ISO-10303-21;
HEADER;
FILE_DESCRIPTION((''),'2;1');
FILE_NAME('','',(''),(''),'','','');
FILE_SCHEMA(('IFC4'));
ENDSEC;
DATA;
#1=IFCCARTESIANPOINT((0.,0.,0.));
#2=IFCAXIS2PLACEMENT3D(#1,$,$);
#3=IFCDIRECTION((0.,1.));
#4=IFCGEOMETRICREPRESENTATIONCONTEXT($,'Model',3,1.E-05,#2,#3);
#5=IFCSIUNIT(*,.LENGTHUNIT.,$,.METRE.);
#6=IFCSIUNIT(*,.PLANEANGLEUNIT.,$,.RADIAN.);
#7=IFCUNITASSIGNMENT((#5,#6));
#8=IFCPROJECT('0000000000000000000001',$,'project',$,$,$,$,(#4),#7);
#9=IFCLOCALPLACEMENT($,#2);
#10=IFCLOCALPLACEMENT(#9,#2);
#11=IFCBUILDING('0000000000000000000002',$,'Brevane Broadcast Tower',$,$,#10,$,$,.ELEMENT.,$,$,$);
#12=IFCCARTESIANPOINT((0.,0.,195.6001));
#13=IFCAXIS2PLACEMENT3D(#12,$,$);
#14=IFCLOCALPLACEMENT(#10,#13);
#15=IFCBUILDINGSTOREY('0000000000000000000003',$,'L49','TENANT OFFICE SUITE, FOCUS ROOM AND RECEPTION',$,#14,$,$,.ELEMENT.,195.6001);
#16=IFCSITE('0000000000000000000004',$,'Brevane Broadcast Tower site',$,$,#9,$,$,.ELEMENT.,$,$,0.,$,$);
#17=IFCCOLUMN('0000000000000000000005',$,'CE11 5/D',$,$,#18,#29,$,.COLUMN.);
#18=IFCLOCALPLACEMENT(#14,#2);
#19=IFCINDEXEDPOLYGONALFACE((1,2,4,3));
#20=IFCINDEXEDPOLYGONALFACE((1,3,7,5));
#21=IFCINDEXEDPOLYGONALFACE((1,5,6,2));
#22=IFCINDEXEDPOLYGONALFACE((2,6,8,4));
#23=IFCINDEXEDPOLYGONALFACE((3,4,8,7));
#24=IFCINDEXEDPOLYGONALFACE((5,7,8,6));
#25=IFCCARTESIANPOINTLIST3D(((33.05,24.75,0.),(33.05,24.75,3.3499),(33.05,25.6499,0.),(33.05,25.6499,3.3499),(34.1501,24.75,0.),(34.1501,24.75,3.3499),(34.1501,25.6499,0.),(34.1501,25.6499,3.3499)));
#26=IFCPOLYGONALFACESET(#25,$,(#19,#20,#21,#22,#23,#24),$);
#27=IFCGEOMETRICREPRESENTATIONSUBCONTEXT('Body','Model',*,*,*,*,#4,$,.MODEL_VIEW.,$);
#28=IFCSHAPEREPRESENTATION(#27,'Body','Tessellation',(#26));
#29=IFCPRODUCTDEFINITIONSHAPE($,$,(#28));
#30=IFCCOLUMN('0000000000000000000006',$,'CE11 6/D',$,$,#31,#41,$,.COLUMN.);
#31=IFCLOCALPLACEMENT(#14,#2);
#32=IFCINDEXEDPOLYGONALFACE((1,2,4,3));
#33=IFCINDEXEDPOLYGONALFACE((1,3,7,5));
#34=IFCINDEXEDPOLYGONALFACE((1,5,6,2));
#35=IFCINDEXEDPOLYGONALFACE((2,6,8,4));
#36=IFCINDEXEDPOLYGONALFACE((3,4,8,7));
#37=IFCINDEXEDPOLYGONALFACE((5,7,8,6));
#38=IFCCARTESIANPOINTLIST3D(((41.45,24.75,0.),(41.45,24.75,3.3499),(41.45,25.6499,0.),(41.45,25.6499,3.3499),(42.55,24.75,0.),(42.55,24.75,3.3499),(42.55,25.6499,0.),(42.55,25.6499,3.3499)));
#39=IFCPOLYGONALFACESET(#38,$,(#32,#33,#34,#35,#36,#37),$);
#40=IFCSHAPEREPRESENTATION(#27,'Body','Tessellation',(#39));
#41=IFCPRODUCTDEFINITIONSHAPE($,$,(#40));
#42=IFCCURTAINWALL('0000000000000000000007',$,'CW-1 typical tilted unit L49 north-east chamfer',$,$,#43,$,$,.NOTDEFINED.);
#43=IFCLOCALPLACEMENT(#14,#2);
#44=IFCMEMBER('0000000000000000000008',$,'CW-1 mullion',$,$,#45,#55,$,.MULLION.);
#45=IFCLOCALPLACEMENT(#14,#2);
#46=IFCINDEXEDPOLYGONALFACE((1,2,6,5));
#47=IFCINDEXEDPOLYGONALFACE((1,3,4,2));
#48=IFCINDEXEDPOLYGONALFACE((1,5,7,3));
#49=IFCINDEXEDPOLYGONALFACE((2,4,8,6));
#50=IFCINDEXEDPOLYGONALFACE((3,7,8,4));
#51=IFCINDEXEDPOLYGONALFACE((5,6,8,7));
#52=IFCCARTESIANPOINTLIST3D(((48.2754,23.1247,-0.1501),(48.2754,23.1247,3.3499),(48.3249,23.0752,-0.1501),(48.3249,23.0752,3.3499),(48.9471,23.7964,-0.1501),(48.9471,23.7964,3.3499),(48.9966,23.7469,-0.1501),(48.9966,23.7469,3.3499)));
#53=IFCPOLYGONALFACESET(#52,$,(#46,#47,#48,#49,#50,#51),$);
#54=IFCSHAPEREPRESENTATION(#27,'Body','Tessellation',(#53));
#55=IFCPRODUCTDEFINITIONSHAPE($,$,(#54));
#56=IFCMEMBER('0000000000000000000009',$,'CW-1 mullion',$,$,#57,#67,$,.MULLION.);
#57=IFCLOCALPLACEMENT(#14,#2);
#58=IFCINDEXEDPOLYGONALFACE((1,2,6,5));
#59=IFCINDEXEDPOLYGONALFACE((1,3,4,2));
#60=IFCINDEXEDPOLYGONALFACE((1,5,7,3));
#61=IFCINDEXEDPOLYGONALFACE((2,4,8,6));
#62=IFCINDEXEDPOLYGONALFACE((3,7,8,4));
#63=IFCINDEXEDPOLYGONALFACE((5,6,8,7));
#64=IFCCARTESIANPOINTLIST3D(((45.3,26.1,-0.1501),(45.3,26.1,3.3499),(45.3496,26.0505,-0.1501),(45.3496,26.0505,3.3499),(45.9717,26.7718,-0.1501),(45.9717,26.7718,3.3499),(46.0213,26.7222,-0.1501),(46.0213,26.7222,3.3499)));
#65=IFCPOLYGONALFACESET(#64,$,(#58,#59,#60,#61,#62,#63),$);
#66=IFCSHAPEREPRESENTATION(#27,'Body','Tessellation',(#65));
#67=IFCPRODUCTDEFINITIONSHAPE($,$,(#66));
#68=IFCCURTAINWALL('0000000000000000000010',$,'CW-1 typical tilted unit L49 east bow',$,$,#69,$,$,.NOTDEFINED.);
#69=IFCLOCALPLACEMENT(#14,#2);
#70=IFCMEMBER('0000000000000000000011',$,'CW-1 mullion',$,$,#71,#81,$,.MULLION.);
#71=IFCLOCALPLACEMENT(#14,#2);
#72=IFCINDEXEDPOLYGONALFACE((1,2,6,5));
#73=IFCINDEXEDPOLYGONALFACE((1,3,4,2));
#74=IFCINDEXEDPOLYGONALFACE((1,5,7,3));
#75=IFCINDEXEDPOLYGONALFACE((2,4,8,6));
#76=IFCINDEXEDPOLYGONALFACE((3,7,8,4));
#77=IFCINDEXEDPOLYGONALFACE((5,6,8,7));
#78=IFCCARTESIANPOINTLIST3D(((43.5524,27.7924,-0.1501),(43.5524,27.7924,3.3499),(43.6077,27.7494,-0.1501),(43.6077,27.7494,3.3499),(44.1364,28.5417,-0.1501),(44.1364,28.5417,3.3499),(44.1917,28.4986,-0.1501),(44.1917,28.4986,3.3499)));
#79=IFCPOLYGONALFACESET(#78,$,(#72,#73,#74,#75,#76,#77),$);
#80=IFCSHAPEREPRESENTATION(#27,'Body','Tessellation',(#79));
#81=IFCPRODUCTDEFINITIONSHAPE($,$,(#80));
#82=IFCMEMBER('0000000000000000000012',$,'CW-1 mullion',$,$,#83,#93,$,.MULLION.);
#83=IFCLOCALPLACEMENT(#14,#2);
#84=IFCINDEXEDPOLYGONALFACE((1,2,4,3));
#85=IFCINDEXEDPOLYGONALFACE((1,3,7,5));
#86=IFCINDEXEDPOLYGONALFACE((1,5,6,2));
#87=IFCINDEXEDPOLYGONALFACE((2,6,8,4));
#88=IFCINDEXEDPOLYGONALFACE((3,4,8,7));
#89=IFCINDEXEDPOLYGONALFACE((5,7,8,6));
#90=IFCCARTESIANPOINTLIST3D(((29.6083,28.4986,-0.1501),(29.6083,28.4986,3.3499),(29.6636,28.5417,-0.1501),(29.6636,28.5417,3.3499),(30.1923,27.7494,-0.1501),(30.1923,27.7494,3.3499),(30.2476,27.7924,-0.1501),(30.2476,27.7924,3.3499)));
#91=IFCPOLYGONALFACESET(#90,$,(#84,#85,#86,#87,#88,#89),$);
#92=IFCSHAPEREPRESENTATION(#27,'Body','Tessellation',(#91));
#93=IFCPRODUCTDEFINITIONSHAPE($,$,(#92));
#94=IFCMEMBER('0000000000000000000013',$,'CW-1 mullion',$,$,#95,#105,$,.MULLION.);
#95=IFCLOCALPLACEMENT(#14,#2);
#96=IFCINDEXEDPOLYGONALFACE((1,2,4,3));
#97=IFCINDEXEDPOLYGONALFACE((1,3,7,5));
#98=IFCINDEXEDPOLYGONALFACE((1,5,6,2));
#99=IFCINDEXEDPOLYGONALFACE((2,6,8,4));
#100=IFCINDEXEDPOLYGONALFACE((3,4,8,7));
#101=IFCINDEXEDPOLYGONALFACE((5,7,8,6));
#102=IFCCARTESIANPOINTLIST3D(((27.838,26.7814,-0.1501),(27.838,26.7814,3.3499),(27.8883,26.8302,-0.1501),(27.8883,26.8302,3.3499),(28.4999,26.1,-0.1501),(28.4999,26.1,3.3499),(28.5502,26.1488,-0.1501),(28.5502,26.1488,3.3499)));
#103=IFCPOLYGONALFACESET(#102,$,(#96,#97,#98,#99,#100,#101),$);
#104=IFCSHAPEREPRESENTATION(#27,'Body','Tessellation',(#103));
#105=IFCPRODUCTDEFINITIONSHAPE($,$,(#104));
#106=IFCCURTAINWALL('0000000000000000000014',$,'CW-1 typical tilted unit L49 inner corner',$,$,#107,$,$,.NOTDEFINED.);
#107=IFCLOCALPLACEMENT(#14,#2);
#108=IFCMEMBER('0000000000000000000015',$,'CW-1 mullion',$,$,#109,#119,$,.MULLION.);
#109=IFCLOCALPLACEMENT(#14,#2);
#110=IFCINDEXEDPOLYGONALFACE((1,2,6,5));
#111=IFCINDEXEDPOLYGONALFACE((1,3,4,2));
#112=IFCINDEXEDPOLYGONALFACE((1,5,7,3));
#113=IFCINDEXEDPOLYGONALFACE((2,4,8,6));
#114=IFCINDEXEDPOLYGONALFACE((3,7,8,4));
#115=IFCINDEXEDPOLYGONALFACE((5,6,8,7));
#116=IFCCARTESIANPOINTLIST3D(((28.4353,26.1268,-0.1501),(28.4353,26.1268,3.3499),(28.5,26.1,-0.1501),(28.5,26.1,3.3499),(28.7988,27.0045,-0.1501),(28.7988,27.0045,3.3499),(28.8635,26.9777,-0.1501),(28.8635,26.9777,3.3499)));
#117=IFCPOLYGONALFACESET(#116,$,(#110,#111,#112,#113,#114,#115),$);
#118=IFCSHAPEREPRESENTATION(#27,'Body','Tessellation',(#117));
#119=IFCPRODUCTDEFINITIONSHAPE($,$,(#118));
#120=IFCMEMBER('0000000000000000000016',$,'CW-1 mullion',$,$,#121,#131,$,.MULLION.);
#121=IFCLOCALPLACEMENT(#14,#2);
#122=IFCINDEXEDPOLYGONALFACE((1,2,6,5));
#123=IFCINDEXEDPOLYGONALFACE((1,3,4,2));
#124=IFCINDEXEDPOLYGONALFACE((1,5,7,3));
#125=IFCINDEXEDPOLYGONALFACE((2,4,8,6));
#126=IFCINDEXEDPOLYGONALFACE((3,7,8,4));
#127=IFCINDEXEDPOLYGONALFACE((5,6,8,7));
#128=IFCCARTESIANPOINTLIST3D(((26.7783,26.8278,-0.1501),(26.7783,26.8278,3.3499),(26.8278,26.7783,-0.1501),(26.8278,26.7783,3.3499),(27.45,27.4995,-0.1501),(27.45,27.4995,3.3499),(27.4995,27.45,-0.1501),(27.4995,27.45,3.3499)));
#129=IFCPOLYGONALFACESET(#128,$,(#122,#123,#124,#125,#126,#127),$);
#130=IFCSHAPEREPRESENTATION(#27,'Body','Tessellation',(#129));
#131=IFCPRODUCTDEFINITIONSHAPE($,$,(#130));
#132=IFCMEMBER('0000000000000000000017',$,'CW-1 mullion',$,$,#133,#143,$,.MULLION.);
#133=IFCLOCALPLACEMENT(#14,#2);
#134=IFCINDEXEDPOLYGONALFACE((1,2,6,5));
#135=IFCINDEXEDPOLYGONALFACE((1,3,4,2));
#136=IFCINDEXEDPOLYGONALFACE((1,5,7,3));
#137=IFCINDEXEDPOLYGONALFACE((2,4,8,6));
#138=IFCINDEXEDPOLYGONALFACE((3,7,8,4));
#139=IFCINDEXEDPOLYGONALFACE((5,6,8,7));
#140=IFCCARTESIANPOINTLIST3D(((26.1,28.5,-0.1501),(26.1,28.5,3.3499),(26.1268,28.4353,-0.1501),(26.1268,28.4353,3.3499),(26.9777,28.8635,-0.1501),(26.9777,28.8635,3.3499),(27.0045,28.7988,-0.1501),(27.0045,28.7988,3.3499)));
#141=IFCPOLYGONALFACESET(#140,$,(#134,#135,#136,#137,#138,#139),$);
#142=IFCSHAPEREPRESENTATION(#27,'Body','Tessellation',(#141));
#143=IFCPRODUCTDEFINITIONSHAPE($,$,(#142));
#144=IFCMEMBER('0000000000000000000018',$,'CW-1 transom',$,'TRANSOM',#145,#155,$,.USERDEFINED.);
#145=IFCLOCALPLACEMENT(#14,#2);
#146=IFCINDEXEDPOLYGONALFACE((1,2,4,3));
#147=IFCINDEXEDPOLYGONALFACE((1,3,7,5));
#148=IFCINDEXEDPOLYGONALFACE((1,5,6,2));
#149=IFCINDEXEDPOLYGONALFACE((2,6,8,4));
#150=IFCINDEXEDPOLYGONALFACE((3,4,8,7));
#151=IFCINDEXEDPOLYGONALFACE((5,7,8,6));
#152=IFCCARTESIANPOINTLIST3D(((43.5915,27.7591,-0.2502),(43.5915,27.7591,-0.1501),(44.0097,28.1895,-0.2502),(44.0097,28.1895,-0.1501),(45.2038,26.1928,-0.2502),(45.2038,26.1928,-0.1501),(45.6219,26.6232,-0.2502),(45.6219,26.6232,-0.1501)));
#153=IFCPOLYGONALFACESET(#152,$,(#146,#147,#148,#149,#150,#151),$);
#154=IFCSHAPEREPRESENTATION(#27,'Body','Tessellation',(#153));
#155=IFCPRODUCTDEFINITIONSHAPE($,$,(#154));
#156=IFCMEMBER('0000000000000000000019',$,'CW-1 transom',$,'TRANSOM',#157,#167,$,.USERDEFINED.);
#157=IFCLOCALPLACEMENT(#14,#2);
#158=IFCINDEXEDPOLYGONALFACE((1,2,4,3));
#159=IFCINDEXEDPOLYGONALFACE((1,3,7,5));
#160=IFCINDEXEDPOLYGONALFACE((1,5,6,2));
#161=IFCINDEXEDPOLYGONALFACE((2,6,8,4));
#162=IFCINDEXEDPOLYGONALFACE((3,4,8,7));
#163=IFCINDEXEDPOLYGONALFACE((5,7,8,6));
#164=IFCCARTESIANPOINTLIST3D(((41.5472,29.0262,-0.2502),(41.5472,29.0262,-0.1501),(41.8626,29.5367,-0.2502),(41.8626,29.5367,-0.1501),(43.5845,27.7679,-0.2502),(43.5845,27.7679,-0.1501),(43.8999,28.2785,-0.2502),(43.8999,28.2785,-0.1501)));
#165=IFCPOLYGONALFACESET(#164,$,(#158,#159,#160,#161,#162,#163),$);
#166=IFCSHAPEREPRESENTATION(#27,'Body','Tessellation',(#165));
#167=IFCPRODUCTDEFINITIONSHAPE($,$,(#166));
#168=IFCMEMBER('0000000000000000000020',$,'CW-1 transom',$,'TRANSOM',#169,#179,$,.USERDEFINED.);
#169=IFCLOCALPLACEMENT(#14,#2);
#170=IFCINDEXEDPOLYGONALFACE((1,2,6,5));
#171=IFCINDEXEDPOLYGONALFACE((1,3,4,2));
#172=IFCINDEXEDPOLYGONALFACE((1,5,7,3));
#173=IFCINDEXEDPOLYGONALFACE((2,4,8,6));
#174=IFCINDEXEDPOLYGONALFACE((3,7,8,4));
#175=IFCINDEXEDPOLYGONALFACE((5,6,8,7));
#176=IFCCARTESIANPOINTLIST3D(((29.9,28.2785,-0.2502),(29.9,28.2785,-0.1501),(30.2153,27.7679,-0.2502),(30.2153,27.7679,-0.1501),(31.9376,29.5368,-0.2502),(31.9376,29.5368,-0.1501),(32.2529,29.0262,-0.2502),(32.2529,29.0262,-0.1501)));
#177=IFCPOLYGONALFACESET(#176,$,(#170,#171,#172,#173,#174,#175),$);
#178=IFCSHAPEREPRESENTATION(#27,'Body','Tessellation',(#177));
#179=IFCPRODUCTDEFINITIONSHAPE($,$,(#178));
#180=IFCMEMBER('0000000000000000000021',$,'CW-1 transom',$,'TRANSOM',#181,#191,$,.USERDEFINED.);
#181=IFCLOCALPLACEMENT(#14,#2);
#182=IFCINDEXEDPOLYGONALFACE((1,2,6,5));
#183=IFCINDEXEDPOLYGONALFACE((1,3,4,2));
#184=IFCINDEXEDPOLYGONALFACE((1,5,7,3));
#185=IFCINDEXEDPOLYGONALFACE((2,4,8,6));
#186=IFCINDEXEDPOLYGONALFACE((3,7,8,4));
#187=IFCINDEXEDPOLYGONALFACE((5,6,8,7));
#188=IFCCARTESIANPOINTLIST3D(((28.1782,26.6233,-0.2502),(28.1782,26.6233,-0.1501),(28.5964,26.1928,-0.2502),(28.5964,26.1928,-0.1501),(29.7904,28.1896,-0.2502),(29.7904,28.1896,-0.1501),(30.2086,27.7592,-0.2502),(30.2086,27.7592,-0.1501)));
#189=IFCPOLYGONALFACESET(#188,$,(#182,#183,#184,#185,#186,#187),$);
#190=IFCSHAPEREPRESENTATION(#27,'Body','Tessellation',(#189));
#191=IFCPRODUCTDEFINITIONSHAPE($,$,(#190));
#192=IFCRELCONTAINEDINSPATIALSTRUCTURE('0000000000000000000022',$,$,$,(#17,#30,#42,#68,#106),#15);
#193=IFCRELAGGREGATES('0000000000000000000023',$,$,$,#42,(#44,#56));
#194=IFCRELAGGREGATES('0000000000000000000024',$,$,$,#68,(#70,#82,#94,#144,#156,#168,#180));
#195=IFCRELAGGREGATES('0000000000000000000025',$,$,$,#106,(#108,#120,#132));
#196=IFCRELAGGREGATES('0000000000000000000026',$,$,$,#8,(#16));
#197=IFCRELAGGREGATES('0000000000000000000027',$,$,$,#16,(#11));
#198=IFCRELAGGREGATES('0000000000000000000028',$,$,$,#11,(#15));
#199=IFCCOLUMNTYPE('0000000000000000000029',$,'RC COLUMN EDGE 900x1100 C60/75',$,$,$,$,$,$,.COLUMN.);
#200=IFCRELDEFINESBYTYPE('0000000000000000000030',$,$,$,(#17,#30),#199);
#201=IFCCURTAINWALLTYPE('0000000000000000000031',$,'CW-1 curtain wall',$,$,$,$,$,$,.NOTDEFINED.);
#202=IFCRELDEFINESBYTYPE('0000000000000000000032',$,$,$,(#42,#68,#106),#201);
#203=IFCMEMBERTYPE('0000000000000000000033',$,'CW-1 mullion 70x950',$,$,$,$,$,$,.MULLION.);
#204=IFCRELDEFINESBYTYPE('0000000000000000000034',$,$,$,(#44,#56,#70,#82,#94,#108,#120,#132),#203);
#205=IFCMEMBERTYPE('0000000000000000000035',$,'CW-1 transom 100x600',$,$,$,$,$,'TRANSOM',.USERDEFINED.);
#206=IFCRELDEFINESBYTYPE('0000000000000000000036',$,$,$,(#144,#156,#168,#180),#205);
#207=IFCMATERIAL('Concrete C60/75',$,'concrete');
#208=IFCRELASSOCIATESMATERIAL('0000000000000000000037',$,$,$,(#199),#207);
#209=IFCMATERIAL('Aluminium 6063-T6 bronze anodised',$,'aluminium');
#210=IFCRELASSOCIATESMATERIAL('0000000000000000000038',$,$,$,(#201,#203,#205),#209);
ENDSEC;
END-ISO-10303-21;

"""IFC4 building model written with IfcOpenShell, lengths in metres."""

from ifc_helpers import new_model, si_unit, direction, frame, origin, origin_2d, place, context, subcontext, project, spatial, rectangle, extrude, material, material_profile, profile_set, type_object, element, aggregate, save


model = new_model("IFC4")

# Units and contexts
model_context = context("Model", 3, precision=1e-05, world=origin(), true_north=direction((0.0, 1.0)))
body_context = subcontext(model_context, "Body", "Model", "MODEL_VIEW")
ifc_project = project(units=[si_unit("LENGTHUNIT", "METRE"), si_unit("PLANEANGLEUNIT", "RADIAN")], contexts=[model_context])

# Site, building, storey
site_placement = place(None, origin())
site = spatial("IfcSite", under=ifc_project, at=site_placement, Name="Brevane Broadcast Tower site", CompositionType="ELEMENT", RefElevation=0.0)
building_placement = place(site_placement, origin())
building = spatial("IfcBuilding", under=site, at=building_placement, Name="Brevane Broadcast Tower", CompositionType="ELEMENT")
storey_placement = place(building_placement, frame((0.0, 0.0, 195.6001)))
storey = spatial("IfcBuildingStorey", under=building, at=storey_placement, Name="L49", Description="TENANT OFFICE SUITE, FOCUS ROOM AND RECEPTION", CompositionType="ELEMENT", Elevation=195.6001)

# Columns
ifc_material_1 = material(Name="Concrete C60/75", Category="concrete")
ifc_material_profile_1 = material_profile(ifc_material_1, rectangle(XDim=0.8999, YDim=1.1001, at=origin_2d()), Name="RC 900x1100")
ifc_profile_set_1 = profile_set([ifc_material_profile_1], Name="Concrete C60/75")
column_type = type_object("IfcColumnType", Name="RC COLUMN EDGE 900x1100 C60/75", PredefinedType="COLUMN", material=ifc_profile_set_1)
for number, where, z_axis, x_axis, name in (
    (1, (33.6001, 25.2, 0.0), (0.0, 0.0, 1.0), (0.0, 1.0, 0.0), "CE11 5/D"),
    (2, (42.0, 25.2, 0.0), (0.0, 0.0, 1.0), (0.0, 1.0, 0.0), "CE11 6/D"),
):
    element("IfcColumn", number, at=place(storey_placement, frame(where, z_axis=z_axis, x_axis=x_axis)), inside=storey, type_object=column_type, Name=name, PredefinedType="COLUMN", context=body_context, shape_type="SweptSolid", body=[
        extrude(rectangle(XDim=0.8999, YDim=1.1001, at=origin_2d()), origin(), (0.0, 0.0, 1.0), 3.3499),
    ])

# Curtain walls, members
ifc_material_2 = material(Name="Aluminium 6063-T6 bronze anodised", Category="aluminium")
curtain_wall_type = type_object("IfcCurtainWallType", Name="CW-1 curtain wall", PredefinedType="NOTDEFINED", material=ifc_material_2)
curtain_wall_1_placement = place(storey_placement, origin())
curtain_wall_1 = element("IfcCurtainWall", 3, at=curtain_wall_1_placement, inside=storey, type_object=curtain_wall_type, Name="CW-1 typical tilted unit L49 north-east chamfer", PredefinedType="NOTDEFINED")
ifc_material_profile_2 = material_profile(ifc_material_2, rectangle(XDim=0.95, YDim=0.0701, at=origin_2d()), Name="RECT 70x950")
ifc_profile_set_2 = profile_set([ifc_material_profile_2], Name="Aluminium 6063-T6 bronze anodised")
member_type_1 = type_object("IfcMemberType", Name="CW-1 mullion 70x950", PredefinedType="MULLION", material=ifc_profile_set_2)
member_1_placement = place(storey_placement, frame((48.636, 23.4358, -0.1501), z_axis=(0.0, 0.0, 1.0), x_axis=(-0.707107, -0.707107, 0.0)))
member_1 = element("IfcMember", 4, at=member_1_placement, type_object=member_type_1, Name="CW-1 mullion", PredefinedType="MULLION", context=body_context, shape_type="SweptSolid", body=[
    extrude(rectangle(XDim=0.95, YDim=0.0701, at=origin_2d()), origin(), (0.0, 0.0, 1.0), 3.5),
])
member_2_placement = place(storey_placement, frame((45.6606, 26.4111, -0.1501), z_axis=(0.0, 0.0, 1.0), x_axis=(-0.707107, -0.707107, 0.0)))
member_2 = element("IfcMember", 5, at=member_2_placement, type_object=member_type_1, Name="CW-1 mullion", PredefinedType="MULLION", context=body_context, shape_type="SweptSolid", body=[
    extrude(rectangle(XDim=0.95, YDim=0.0701, at=origin_2d()), origin(), (0.0, 0.0, 1.0), 3.5),
])
aggregate(curtain_wall_1, [member_1, member_2])
curtain_wall_2_placement = place(storey_placement, origin())
curtain_wall_2 = element("IfcCurtainWall", 6, at=curtain_wall_2_placement, inside=storey, type_object=curtain_wall_type, Name="CW-1 typical tilted unit L49 east bow", PredefinedType="NOTDEFINED")
member_3_placement = place(storey_placement, frame((43.8721, 28.1455, -0.1501), z_axis=(0.0, 0.0, 1.0), x_axis=(-0.61477, -0.788707, 0.0)))
member_3 = element("IfcMember", 7, at=member_3_placement, type_object=member_type_1, Name="CW-1 mullion", PredefinedType="MULLION", context=body_context, shape_type="SweptSolid", body=[
    extrude(rectangle(XDim=0.95, YDim=0.0701, at=origin_2d()), origin(), (0.0, 0.0, 1.0), 3.5),
])
member_4_placement = place(storey_placement, frame((29.928, 28.1455, -0.1501), z_axis=(0.0, 0.0, 1.0), x_axis=(0.61477, -0.788707, 0.0)))
member_4 = element("IfcMember", 8, at=member_4_placement, type_object=member_type_1, Name="CW-1 mullion", PredefinedType="MULLION", context=body_context, shape_type="SweptSolid", body=[
    extrude(rectangle(XDim=0.95, YDim=0.0701, at=origin_2d()), origin(), (0.0, 0.0, 1.0), 3.5),
])
member_5_placement = place(storey_placement, frame((28.1941, 26.4651, -0.1501), z_axis=(0.0, 0.0, 1.0), x_axis=(0.696812, -0.717254, 0.0)))
member_5 = element("IfcMember", 9, at=member_5_placement, type_object=member_type_1, Name="CW-1 mullion", PredefinedType="MULLION", context=body_context, shape_type="SweptSolid", body=[
    extrude(rectangle(XDim=0.95, YDim=0.0701, at=origin_2d()), origin(), (0.0, 0.0, 1.0), 3.5),
])
curtain_wall_3_placement = place(storey_placement, origin())
curtain_wall_3 = element("IfcCurtainWall", 10, at=curtain_wall_3_placement, inside=storey, type_object=curtain_wall_type, Name="CW-1 typical tilted unit L49 inner corner", PredefinedType="NOTDEFINED")
member_6_placement = place(storey_placement, frame((28.6494, 26.5522, -0.1501), z_axis=(0.0, 0.0, 1.0), x_axis=(-0.382683, -0.92388, 0.0)))
member_6 = element("IfcMember", 11, at=member_6_placement, type_object=member_type_1, Name="CW-1 mullion", PredefinedType="MULLION", context=body_context, shape_type="SweptSolid", body=[
    extrude(rectangle(XDim=0.95, YDim=0.0701, at=origin_2d()), origin(), (0.0, 0.0, 1.0), 3.5),
])
member_7_placement = place(storey_placement, frame((27.1389, 27.1389, -0.1501), z_axis=(0.0, 0.0, 1.0), x_axis=(-0.707107, -0.707107, 0.0)))
member_7 = element("IfcMember", 12, at=member_7_placement, type_object=member_type_1, Name="CW-1 mullion", PredefinedType="MULLION", context=body_context, shape_type="SweptSolid", body=[
    extrude(rectangle(XDim=0.95, YDim=0.0701, at=origin_2d()), origin(), (0.0, 0.0, 1.0), 3.5),
])
member_8_placement = place(storey_placement, frame((26.5522, 28.6494, -0.1501), z_axis=(0.0, 0.0, 1.0), x_axis=(-0.92388, -0.382683, 0.0)))
member_8 = element("IfcMember", 13, at=member_8_placement, type_object=member_type_1, Name="CW-1 mullion", PredefinedType="MULLION", context=body_context, shape_type="SweptSolid", body=[
    extrude(rectangle(XDim=0.95, YDim=0.0701, at=origin_2d()), origin(), (0.0, 0.0, 1.0), 3.5),
])

# Members
ifc_material_profile_3 = material_profile(ifc_material_2, rectangle(XDim=0.6001, YDim=0.1001, at=origin_2d()), Name="RECT 100x600")
ifc_profile_set_3 = profile_set([ifc_material_profile_3], Name="Aluminium 6063-T6 bronze anodised")
member_type_2 = type_object("IfcMemberType", Name="CW-1 transom 100x600", ElementType="TRANSOM", PredefinedType="USERDEFINED", material=ifc_profile_set_3)
member_9_placement = place(storey_placement, frame((45.4128, 26.408, -0.2002), z_axis=(-0.717242, 0.696824, 0.0), x_axis=(-0.696824, -0.717242, 0.0)))
member_9 = element("IfcMember", 14, at=member_9_placement, type_object=member_type_2, Name="CW-1 transom", ObjectType="TRANSOM", PredefinedType="USERDEFINED", context=body_context, shape_type="SweptSolid", body=[
    extrude(rectangle(XDim=0.6001, YDim=0.1001, at=origin_2d()), origin(), (0.0, 0.0, 1.0), 2.2478),
])
member_10_placement = place(storey_placement, frame((43.7422, 28.0232, -0.2002), z_axis=(-0.85081, 0.525473, 0.0), x_axis=(-0.525473, -0.85081, 0.0)))
member_10 = element("IfcMember", 15, at=member_10_placement, type_object=member_type_2, Name="CW-1 transom", ObjectType="TRANSOM", PredefinedType="USERDEFINED", context=body_context, shape_type="SweptSolid", body=[
    extrude(rectangle(XDim=0.6001, YDim=0.1001, at=origin_2d()), origin(), (0.0, 0.0, 1.0), 2.3945),
])
member_11_placement = place(storey_placement, frame((32.0952, 29.2815, -0.2002), z_axis=(-0.850838, -0.525428, 0.0), x_axis=(0.525428, -0.850838, 0.0)))
member_11 = element("IfcMember", 16, at=member_11_placement, type_object=member_type_2, Name="CW-1 transom", ObjectType="TRANSOM", PredefinedType="USERDEFINED", context=body_context, shape_type="SweptSolid", body=[
    extrude(rectangle(XDim=0.6001, YDim=0.1001, at=origin_2d()), origin(), (0.0, 0.0, 1.0), 2.3948),
])
member_12_placement = place(storey_placement, frame((29.9995, 27.9744, -0.2002), z_axis=(-0.717242, -0.696824, 0.0), x_axis=(0.696824, -0.717242, 0.0)))
member_12 = element("IfcMember", 17, at=member_12_placement, type_object=member_type_2, Name="CW-1 transom", ObjectType="TRANSOM", PredefinedType="USERDEFINED", context=body_context, shape_type="SweptSolid", body=[
    extrude(rectangle(XDim=0.6001, YDim=0.1001, at=origin_2d()), origin(), (0.0, 0.0, 1.0), 2.2478),
])
aggregate(curtain_wall_2, [member_3, member_4, member_5, member_9, member_10, member_11, member_12])
aggregate(curtain_wall_3, [member_6, member_7, member_8])

save(model, "model.ifc")
